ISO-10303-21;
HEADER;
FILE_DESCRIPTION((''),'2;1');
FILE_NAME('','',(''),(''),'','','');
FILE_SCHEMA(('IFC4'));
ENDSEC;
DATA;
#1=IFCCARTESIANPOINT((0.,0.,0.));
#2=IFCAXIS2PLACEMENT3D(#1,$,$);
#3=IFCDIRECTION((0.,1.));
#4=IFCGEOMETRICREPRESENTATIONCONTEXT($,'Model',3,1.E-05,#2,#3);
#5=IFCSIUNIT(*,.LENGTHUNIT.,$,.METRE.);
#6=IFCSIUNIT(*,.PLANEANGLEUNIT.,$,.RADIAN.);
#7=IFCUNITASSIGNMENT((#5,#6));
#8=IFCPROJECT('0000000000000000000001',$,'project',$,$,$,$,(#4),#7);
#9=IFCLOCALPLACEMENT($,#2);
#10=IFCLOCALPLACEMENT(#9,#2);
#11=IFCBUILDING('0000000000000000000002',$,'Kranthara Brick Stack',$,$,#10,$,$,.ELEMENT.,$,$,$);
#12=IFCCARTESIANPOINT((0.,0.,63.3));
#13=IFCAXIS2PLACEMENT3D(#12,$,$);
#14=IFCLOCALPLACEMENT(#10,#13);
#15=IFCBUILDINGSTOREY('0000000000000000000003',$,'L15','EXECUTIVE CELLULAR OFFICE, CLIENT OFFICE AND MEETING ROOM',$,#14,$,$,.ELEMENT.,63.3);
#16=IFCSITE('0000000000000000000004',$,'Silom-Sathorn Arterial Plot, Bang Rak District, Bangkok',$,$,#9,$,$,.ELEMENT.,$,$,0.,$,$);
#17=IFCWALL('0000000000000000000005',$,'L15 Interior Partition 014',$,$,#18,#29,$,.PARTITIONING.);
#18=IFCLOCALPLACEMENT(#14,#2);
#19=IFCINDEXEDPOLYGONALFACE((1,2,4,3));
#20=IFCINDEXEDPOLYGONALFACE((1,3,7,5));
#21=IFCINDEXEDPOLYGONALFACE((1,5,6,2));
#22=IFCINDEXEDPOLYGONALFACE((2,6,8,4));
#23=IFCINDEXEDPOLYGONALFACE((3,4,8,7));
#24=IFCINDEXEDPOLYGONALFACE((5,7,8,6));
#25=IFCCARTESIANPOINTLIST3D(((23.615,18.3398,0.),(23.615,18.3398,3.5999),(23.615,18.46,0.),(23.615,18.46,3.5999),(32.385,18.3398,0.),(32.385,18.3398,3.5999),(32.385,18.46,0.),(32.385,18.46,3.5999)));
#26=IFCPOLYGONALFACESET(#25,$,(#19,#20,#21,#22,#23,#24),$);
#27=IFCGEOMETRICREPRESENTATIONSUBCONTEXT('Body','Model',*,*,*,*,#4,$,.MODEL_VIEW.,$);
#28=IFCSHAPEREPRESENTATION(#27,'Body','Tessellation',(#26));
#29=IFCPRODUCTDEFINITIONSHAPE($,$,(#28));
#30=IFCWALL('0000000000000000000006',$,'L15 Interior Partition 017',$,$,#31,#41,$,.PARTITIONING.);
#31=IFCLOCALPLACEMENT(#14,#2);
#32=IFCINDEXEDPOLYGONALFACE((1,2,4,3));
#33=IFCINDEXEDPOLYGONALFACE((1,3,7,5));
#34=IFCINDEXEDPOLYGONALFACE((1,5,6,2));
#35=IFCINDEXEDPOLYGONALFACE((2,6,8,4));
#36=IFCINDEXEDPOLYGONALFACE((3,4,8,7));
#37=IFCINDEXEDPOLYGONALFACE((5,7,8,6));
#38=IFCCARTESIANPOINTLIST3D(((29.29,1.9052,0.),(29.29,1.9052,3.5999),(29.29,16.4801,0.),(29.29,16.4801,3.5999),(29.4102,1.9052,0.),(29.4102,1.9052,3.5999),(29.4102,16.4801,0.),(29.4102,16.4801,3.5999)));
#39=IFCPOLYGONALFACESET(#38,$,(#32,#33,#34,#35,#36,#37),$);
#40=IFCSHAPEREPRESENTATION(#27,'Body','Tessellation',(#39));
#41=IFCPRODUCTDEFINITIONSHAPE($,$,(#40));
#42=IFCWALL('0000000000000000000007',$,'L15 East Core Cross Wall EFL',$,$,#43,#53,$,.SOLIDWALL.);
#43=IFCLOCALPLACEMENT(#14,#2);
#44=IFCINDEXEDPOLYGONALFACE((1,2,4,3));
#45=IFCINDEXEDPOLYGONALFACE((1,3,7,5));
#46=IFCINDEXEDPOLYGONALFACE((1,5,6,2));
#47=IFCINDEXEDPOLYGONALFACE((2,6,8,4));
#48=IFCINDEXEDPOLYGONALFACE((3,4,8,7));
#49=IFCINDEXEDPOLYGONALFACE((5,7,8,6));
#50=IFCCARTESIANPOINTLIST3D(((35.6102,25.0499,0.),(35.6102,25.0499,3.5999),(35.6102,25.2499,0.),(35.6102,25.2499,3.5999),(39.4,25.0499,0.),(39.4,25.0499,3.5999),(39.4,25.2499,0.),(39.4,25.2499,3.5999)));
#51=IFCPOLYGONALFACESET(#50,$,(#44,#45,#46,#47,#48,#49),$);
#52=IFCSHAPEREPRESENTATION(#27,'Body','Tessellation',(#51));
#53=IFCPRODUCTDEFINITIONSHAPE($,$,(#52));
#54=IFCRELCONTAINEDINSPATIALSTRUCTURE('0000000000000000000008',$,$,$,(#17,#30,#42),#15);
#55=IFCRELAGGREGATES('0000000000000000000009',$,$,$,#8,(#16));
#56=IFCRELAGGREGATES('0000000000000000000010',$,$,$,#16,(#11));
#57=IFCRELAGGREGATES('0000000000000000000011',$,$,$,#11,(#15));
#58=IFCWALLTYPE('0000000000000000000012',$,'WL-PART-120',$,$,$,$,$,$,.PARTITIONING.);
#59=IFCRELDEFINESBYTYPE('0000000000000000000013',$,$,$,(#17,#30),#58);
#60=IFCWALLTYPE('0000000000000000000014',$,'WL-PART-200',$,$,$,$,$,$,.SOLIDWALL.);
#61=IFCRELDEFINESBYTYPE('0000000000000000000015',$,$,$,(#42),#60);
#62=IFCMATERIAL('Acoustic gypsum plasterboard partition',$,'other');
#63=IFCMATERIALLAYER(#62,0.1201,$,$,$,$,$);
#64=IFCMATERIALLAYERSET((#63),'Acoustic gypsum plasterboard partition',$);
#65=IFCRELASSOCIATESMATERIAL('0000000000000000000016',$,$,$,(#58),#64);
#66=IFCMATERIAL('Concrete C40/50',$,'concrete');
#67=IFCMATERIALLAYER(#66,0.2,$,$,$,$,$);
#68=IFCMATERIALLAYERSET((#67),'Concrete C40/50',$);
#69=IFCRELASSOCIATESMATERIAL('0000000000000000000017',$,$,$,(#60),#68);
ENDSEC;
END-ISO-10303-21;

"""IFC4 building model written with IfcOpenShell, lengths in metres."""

from ifc_helpers import new_model, si_unit, direction, frame, frame_2d, origin, place, context, subcontext, project, spatial, rectangle, extrude, material, layer, layer_set, type_object, element, save


model = new_model("IFC4")

# Units and contexts
model_context = context("Model", 3, precision=1e-05, world=origin(), true_north=direction((0.0, 1.0)))
body_context = subcontext(model_context, "Body", "Model", "MODEL_VIEW")
ifc_project = project(units=[si_unit("LENGTHUNIT", "METRE"), si_unit("PLANEANGLEUNIT", "RADIAN")], contexts=[model_context])

# Site, building, storey
site_placement = place(None, origin())
site = spatial("IfcSite", under=ifc_project, at=site_placement, Name="Silom-Sathorn Arterial Plot, Bang Rak District, Bangkok", CompositionType="ELEMENT", RefElevation=0.0)
building_placement = place(site_placement, origin())
building = spatial("IfcBuilding", under=site, at=building_placement, Name="Kranthara Brick Stack", CompositionType="ELEMENT")
storey_placement = place(building_placement, frame((0.0, 0.0, 63.3)))
storey = spatial("IfcBuildingStorey", under=building, at=storey_placement, Name="L15", Description="EXECUTIVE CELLULAR OFFICE, CLIENT OFFICE AND MEETING ROOM", CompositionType="ELEMENT", Elevation=63.3)

# Walls
ifc_material_1 = material(Name="Acoustic gypsum plasterboard partition", Category="other")
ifc_layer_1 = layer(ifc_material_1, 0.1201)
ifc_layer_set_1 = layer_set([ifc_layer_1], Name="Acoustic gypsum plasterboard partition")
wall_type_1 = type_object("IfcWallType", Name="WL-PART-120", PredefinedType="PARTITIONING", material=ifc_layer_set_1)
wall_1_placement = place(storey_placement, frame((23.615, 18.3999, 0.0), z_axis=(0.0, 0.0, 1.0), x_axis=(1.0, 0.0, 0.0)))
element("IfcWall", 1, at=wall_1_placement, inside=storey, type_object=wall_type_1, Name="L15 Interior Partition 014", PredefinedType="PARTITIONING", context=body_context, shape_type="SweptSolid", body=[
    extrude(rectangle(XDim=8.77, YDim=0.1201, at=frame_2d((4.385, 0.0))), origin(), (0.0, 0.0, 1.0), 3.5999),
])
wall_2_placement = place(storey_placement, frame((29.3501, 1.905, 0.0), z_axis=(0.0, 0.0, 1.0), x_axis=(0.0, 1.0, 0.0)))
element("IfcWall", 2, at=wall_2_placement, inside=storey, type_object=wall_type_1, Name="L15 Interior Partition 017", PredefinedType="PARTITIONING", context=body_context, shape_type="SweptSolid", body=[
    extrude(rectangle(XDim=14.575, YDim=0.1201, at=frame_2d((7.2876, 0.0))), origin(), (0.0, 0.0, 1.0), 3.5999),
])
ifc_material_2 = material(Name="Concrete C40/50", Category="concrete")
ifc_layer_2 = layer(ifc_material_2, 0.2)
ifc_layer_set_2 = layer_set([ifc_layer_2], Name="Concrete C40/50")
wall_type_2 = type_object("IfcWallType", Name="WL-PART-200", PredefinedType="SOLIDWALL", material=ifc_layer_set_2)
wall_3_placement = place(storey_placement, frame((35.6101, 25.1499, 0.0), z_axis=(0.0, 0.0, 1.0), x_axis=(1.0, 0.0, 0.0)))
element("IfcWall", 3, at=wall_3_placement, inside=storey, type_object=wall_type_2, Name="L15 East Core Cross Wall EFL", PredefinedType="SOLIDWALL", context=body_context, shape_type="SweptSolid", body=[
    extrude(rectangle(XDim=3.7898, YDim=0.2, at=frame_2d((1.895, 0.0))), origin(), (0.0, 0.0, 1.0), 3.5999),
])

save(model, "model.ifc")
